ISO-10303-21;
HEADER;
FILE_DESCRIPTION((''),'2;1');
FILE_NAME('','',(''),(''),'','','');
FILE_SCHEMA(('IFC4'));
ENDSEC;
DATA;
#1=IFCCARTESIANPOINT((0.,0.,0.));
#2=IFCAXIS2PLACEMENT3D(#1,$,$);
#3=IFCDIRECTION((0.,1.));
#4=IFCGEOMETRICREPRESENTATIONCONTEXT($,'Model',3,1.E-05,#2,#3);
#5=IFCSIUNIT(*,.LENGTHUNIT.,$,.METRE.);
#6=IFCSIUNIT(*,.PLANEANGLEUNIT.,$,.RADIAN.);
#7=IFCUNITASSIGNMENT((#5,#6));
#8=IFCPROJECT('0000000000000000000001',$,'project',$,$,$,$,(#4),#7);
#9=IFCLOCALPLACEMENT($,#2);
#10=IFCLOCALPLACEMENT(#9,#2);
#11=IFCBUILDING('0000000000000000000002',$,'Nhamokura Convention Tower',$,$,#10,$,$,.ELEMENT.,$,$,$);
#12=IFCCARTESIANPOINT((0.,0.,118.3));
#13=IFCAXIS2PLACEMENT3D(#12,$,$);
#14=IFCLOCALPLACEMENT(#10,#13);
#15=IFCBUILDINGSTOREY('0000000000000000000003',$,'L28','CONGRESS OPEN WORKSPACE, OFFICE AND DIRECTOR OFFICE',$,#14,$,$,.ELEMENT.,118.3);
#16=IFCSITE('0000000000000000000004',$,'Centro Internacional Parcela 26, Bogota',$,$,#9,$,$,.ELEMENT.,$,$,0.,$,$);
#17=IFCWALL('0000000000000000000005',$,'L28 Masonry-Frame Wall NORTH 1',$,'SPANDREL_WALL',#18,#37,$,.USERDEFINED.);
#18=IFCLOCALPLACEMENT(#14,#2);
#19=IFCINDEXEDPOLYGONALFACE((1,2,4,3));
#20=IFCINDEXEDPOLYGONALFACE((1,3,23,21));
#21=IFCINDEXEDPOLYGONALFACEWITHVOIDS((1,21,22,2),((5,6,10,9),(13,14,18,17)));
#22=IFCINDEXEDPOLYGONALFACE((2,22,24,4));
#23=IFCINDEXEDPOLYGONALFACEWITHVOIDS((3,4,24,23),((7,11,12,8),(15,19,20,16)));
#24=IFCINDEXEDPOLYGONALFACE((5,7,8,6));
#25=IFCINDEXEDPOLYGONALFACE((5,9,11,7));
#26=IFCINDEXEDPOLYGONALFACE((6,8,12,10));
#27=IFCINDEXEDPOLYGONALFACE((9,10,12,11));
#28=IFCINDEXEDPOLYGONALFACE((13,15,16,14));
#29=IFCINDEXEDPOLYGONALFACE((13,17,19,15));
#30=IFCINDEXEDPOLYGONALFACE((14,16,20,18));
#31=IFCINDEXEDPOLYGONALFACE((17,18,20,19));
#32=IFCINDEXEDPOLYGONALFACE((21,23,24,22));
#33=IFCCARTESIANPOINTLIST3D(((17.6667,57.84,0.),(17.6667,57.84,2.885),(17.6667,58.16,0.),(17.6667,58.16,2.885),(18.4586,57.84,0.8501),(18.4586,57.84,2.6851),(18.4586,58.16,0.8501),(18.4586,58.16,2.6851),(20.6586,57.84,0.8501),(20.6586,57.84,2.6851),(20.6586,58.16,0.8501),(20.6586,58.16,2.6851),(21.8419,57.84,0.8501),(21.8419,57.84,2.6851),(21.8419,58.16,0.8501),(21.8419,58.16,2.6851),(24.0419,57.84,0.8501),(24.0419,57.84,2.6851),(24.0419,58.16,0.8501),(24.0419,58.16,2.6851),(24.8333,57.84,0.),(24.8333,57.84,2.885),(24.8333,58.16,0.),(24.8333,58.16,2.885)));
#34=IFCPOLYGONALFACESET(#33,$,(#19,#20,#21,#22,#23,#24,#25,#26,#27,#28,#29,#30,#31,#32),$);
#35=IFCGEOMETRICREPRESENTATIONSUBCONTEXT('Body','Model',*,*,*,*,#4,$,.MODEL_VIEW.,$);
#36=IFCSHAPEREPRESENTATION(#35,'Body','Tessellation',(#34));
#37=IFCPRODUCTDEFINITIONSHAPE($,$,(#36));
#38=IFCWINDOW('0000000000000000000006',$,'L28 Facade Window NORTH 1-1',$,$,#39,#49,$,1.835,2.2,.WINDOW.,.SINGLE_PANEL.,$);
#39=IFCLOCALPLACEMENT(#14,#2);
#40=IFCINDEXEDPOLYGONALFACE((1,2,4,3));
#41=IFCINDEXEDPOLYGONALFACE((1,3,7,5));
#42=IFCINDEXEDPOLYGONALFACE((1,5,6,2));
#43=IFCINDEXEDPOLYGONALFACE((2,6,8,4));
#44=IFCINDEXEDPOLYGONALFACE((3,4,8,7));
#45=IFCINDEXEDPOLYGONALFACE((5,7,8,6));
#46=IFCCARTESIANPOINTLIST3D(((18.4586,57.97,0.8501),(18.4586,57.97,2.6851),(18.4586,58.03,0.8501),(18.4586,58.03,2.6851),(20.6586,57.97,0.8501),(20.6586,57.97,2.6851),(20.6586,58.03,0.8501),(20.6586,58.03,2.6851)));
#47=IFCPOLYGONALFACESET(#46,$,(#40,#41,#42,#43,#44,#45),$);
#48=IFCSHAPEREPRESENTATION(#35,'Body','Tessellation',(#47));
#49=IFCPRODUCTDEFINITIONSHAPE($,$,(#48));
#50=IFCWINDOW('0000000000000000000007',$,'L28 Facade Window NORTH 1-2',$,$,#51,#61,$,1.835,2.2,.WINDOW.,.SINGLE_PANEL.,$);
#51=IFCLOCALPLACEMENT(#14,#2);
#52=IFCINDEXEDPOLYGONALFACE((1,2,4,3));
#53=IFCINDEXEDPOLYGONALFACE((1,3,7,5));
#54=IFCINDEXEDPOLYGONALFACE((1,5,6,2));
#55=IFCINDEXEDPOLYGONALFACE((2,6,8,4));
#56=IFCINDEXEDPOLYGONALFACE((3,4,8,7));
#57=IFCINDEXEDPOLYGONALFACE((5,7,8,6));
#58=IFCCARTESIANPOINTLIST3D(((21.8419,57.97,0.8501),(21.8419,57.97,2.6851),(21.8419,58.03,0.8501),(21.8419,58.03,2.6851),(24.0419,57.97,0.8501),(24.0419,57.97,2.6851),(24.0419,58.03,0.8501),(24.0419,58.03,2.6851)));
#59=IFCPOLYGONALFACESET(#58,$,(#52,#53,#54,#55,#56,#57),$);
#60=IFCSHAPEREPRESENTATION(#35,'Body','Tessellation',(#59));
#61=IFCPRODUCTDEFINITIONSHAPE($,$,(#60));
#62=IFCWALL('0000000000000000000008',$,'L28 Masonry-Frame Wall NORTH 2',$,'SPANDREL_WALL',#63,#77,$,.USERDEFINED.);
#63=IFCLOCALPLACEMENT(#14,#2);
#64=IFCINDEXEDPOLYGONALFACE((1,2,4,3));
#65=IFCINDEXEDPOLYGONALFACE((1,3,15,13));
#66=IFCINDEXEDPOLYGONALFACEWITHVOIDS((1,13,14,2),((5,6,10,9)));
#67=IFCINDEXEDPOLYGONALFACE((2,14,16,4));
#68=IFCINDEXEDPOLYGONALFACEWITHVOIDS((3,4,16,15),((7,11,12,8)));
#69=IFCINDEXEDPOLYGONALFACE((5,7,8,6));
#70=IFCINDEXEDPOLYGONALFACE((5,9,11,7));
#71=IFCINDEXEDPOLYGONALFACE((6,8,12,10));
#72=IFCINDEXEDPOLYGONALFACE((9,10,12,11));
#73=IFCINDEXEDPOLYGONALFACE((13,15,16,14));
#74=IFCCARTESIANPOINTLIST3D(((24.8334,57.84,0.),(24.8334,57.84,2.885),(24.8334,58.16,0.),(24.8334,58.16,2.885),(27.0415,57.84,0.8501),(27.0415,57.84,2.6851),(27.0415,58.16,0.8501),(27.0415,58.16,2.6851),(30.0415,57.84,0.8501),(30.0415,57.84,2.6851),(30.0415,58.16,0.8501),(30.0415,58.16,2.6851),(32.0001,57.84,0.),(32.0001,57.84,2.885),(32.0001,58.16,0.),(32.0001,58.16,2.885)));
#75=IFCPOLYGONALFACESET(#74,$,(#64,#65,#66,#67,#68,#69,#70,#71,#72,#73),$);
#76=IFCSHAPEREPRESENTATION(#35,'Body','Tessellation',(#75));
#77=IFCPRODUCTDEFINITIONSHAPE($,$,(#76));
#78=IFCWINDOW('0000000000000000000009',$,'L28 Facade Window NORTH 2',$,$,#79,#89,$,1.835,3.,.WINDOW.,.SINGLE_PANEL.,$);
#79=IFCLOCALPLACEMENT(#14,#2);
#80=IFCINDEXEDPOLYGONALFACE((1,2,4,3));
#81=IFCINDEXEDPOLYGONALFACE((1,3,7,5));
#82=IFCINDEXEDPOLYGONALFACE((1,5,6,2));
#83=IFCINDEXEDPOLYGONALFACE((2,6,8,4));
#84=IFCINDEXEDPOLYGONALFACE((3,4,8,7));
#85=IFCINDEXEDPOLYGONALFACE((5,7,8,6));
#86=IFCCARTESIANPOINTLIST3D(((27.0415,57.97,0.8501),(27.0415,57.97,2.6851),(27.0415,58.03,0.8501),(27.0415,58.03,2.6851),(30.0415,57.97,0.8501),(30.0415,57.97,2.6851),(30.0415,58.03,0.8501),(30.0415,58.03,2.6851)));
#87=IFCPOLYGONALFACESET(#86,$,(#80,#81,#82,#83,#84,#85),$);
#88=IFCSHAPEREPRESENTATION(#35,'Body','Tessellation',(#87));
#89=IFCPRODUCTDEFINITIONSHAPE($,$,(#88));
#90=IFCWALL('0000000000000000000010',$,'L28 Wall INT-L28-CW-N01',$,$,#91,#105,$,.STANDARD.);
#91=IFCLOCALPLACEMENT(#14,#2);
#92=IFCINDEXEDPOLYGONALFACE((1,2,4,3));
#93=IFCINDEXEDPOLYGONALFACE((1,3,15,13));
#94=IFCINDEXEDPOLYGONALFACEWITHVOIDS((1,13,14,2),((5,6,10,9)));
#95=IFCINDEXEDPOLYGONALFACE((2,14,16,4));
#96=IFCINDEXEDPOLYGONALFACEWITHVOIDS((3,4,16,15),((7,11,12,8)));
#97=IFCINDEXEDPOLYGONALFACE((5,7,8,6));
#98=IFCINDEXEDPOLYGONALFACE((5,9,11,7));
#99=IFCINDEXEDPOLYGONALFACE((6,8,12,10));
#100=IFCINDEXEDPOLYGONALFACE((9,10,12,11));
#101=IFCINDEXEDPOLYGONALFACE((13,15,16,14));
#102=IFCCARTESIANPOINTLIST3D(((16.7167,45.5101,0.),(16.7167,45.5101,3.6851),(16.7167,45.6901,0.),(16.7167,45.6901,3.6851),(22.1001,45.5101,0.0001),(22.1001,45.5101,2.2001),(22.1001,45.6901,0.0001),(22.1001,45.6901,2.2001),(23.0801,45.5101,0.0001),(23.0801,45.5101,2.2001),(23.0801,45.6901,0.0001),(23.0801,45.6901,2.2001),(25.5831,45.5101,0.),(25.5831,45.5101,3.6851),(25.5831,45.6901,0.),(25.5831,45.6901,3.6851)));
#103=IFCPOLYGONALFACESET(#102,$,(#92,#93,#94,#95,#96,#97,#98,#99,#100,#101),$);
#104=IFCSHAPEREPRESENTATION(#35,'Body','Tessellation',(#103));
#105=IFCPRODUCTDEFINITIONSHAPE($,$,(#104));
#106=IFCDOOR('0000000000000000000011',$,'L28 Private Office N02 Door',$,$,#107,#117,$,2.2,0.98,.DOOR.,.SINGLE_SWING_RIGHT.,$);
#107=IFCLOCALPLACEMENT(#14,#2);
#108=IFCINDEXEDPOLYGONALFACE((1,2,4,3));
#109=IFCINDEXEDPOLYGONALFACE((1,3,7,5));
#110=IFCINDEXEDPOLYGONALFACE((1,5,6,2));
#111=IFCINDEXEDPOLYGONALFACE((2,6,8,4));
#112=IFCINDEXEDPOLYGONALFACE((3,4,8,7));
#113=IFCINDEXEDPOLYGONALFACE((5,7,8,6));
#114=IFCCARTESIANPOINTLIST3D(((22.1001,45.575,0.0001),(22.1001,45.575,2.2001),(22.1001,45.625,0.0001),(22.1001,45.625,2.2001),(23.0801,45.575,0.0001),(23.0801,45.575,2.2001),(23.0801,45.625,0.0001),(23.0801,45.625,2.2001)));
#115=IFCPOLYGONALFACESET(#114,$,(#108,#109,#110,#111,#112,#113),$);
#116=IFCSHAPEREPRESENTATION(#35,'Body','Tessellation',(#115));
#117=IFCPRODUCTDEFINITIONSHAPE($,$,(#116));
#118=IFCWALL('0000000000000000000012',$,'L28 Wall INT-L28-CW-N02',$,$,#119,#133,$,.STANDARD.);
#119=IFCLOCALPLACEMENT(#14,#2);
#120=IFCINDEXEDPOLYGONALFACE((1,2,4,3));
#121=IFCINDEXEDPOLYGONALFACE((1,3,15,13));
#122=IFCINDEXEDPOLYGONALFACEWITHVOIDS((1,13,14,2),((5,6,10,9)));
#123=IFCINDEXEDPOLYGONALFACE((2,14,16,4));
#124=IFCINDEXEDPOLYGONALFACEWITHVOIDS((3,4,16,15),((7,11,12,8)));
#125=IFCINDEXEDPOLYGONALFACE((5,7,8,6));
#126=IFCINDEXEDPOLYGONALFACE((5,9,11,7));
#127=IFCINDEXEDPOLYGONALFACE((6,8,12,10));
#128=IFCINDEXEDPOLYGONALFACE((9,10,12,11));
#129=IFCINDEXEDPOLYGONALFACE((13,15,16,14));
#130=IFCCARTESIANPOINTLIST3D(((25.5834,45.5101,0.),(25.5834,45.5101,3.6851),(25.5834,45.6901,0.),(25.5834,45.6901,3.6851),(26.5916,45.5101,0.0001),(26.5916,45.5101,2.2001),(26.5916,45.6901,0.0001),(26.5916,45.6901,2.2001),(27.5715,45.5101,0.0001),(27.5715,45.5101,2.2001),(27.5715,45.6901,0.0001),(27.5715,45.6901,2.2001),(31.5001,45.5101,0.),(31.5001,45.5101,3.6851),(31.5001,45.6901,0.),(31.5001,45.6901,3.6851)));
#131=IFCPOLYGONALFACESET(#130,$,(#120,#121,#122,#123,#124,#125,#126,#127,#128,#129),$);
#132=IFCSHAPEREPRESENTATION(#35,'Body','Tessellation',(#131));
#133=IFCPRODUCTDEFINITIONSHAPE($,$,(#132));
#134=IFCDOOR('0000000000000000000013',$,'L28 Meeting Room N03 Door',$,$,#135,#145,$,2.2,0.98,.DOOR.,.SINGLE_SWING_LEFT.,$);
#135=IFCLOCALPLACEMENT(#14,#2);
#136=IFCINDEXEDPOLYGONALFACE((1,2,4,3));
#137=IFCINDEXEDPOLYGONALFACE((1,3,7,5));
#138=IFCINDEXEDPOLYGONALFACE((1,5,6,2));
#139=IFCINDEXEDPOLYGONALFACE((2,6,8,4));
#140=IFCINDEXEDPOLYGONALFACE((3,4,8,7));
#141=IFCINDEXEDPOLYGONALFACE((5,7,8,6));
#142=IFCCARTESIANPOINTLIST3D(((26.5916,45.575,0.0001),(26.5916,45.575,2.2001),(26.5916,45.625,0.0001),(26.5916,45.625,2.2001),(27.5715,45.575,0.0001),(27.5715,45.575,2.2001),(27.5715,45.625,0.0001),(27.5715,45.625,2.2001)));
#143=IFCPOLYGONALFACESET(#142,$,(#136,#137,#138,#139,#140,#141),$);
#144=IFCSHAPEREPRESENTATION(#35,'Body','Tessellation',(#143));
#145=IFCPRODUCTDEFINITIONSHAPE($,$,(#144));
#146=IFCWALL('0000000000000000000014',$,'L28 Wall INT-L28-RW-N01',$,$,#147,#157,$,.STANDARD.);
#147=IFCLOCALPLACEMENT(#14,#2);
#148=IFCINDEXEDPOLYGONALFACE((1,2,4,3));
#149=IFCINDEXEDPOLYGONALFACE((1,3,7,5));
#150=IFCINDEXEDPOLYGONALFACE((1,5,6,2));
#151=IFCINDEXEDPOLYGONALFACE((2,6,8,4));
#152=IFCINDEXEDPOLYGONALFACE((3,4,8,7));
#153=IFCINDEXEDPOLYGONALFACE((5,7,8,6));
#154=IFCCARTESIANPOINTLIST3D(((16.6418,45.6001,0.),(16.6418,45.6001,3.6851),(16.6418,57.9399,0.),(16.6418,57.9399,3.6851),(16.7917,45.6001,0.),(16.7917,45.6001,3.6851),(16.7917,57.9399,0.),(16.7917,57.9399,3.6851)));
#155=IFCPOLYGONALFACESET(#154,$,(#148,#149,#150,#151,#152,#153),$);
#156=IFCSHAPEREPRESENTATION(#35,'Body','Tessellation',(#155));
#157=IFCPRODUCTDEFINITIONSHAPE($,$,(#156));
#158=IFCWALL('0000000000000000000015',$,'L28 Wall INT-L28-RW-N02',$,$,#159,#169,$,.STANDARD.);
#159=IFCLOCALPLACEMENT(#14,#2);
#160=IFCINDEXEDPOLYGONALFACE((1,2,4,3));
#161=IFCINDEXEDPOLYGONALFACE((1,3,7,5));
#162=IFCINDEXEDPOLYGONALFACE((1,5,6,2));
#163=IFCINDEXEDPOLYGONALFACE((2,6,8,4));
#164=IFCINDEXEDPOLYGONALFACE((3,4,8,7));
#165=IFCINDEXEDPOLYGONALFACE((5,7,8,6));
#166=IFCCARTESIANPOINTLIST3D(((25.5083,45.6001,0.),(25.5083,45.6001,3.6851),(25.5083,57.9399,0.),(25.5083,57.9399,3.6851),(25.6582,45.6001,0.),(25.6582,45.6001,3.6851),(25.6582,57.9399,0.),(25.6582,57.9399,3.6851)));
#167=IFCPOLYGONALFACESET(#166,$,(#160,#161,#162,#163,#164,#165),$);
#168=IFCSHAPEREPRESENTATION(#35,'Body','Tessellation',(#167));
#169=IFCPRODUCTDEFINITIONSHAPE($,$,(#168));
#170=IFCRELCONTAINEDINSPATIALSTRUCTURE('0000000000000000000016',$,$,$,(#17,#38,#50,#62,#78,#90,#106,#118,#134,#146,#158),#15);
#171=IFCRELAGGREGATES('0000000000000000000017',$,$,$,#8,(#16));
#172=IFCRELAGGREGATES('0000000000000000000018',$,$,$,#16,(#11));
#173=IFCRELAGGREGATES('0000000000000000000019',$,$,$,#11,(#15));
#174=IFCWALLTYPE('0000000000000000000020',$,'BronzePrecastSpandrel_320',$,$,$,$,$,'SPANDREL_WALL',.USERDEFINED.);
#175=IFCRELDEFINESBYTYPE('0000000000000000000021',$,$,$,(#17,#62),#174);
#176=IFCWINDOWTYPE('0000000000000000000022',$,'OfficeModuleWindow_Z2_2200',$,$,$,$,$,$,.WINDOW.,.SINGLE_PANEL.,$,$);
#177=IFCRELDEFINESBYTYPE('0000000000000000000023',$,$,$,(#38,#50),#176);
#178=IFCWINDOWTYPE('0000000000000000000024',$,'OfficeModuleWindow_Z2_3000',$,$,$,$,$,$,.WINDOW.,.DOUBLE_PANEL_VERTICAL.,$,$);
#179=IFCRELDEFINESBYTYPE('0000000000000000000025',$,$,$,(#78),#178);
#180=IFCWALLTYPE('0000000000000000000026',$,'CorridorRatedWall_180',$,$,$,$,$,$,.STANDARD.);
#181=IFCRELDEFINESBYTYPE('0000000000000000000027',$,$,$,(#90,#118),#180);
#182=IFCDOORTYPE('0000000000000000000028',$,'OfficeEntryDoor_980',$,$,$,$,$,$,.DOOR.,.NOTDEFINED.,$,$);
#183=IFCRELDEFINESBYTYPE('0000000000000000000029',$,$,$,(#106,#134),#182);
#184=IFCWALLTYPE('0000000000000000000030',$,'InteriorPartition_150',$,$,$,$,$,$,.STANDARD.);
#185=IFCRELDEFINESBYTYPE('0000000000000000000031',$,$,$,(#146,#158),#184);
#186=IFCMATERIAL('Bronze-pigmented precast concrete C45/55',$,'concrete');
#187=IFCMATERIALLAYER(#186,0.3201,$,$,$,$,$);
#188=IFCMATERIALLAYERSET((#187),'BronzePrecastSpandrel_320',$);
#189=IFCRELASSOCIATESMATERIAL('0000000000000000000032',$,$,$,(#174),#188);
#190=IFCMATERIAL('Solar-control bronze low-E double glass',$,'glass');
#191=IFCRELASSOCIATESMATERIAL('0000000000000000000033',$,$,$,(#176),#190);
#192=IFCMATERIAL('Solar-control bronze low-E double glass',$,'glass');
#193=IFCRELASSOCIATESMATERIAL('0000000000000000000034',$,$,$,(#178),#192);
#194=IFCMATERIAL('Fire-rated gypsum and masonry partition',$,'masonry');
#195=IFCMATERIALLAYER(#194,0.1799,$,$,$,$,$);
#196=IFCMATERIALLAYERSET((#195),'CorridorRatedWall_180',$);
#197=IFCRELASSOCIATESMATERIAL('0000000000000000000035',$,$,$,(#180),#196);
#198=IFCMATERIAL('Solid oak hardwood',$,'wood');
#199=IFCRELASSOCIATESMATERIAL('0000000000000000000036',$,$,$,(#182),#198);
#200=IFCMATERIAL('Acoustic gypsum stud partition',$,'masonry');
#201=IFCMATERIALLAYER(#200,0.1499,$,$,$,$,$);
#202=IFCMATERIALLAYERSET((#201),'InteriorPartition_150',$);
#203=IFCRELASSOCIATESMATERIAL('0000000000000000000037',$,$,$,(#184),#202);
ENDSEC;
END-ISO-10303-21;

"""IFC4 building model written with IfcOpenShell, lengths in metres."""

from ifc_helpers import new_model, si_unit, direction, frame, frame_2d, origin, place, context, subcontext, project, spatial, rectangle, extrude, material, layer, layer_set, type_object, element, fill, save


model = new_model("IFC4")

# Units and contexts
model_context = context("Model", 3, precision=1e-05, world=origin(), true_north=direction((0.0, 1.0)))
body_context = subcontext(model_context, "Body", "Model", "MODEL_VIEW")
ifc_project = project(units=[si_unit("LENGTHUNIT", "METRE"), si_unit("PLANEANGLEUNIT", "RADIAN")], contexts=[model_context])

# Site, building, storey
site_placement = place(None, origin())
site = spatial("IfcSite", under=ifc_project, at=site_placement, Name="Centro Internacional Parcela 26, Bogota", CompositionType="ELEMENT", RefElevation=0.0)
building_placement = place(site_placement, origin())
building = spatial("IfcBuilding", under=site, at=building_placement, Name="Nhamokura Convention Tower", CompositionType="ELEMENT")
storey_placement = place(building_placement, frame((0.0, 0.0, 118.3)))
storey = spatial("IfcBuildingStorey", under=building, at=storey_placement, Name="L28", Description="CONGRESS OPEN WORKSPACE, OFFICE AND DIRECTOR OFFICE", CompositionType="ELEMENT", Elevation=118.3)

# Wall, openings, windows
ifc_material_1 = material(Name="Bronze-pigmented precast concrete C45/55", Category="concrete")
ifc_layer_1 = layer(ifc_material_1, 0.3201)
ifc_layer_set_1 = layer_set([ifc_layer_1], Name="BronzePrecastSpandrel_320")
wall_type_1 = type_object("IfcWallType", Name="BronzePrecastSpandrel_320", ElementType="SPANDREL_WALL", PredefinedType="USERDEFINED", material=ifc_layer_set_1)
wall_1_placement = place(storey_placement, frame((17.6667, 58.0, 0.0), z_axis=(0.0, 0.0, 1.0), x_axis=(1.0, 0.0, 0.0)))
wall_1 = element("IfcWall", 1, at=wall_1_placement, inside=storey, type_object=wall_type_1, Name="L28 Masonry-Frame Wall NORTH 1", ObjectType="SPANDREL_WALL", PredefinedType="USERDEFINED", context=body_context, shape_type="SweptSolid", body=[
    extrude(rectangle(XDim=7.1665, YDim=0.3201, at=frame_2d((3.5833, 0.0))), origin(), (0.0, 0.0, 1.0), 2.885),
])
opening_1_placement = place(wall_1_placement, frame((0.7917, 0.0, 0.8501)))
opening_1 = element("IfcOpeningElement", 2, at=opening_1_placement, cuts=wall_1, PredefinedType="OPENING", context=body_context, shape_type="SweptSolid", body=[
    extrude(rectangle(XDim=2.2, YDim=1.835, at=frame_2d((1.1001, 0.9175))), frame((0.0, 0.1699, 0.0), z_axis=(0.0, -1.0, 0.0), x_axis=(1.0, 0.0, 0.0)), (0.0, 0.0, 1.0), 0.3401),
])
opening_2_placement = place(wall_1_placement, frame((4.175, 0.0, 0.8501)))
opening_2 = element("IfcOpeningElement", 3, at=opening_2_placement, cuts=wall_1, PredefinedType="OPENING", context=body_context, shape_type="SweptSolid", body=[
    extrude(rectangle(XDim=2.2, YDim=1.835, at=frame_2d((1.1001, 0.9175))), frame((0.0, 0.1699, 0.0), z_axis=(0.0, -1.0, 0.0), x_axis=(1.0, 0.0, 0.0)), (0.0, 0.0, 1.0), 0.3401),
])
ifc_material_2 = material(Name="Solar-control bronze low-E double glass", Category="glass")
window_type_1 = type_object("IfcWindowType", Name="OfficeModuleWindow_Z2_2200", PartitioningType="SINGLE_PANEL", PredefinedType="WINDOW", material=ifc_material_2)
window_1_placement = place(opening_1_placement, origin())
window_1 = element("IfcWindow", 4, at=window_1_placement, inside=storey, type_object=window_type_1, Name="L28 Facade Window NORTH 1-1", OverallHeight=1.835, OverallWidth=2.2, PartitioningType="SINGLE_PANEL", PredefinedType="WINDOW", context=body_context, shape_type="SweptSolid", body=[
    extrude(rectangle(XDim=2.2, YDim=1.835, at=frame_2d((1.1001, 0.9175))), frame((0.0, 0.03, 0.0), z_axis=(0.0, -1.0, 0.0), x_axis=(1.0, 0.0, 0.0)), (0.0, 0.0, 1.0), 0.0601),
])
fill(opening_1, window_1)
window_2_placement = place(opening_2_placement, origin())
window_2 = element("IfcWindow", 5, at=window_2_placement, inside=storey, type_object=window_type_1, Name="L28 Facade Window NORTH 1-2", OverallHeight=1.835, OverallWidth=2.2, PartitioningType="SINGLE_PANEL", PredefinedType="WINDOW", context=body_context, shape_type="SweptSolid", body=[
    extrude(rectangle(XDim=2.2, YDim=1.835, at=frame_2d((1.1001, 0.9175))), frame((0.0, 0.03, 0.0), z_axis=(0.0, -1.0, 0.0), x_axis=(1.0, 0.0, 0.0)), (0.0, 0.0, 1.0), 0.0601),
])
fill(opening_2, window_2)

# Wall, opening, window
wall_2_placement = place(storey_placement, frame((24.8333, 58.0, 0.0), z_axis=(0.0, 0.0, 1.0), x_axis=(1.0, 0.0, 0.0)))
wall_2 = element("IfcWall", 6, at=wall_2_placement, inside=storey, type_object=wall_type_1, Name="L28 Masonry-Frame Wall NORTH 2", ObjectType="SPANDREL_WALL", PredefinedType="USERDEFINED", context=body_context, shape_type="SweptSolid", body=[
    extrude(rectangle(XDim=7.1667, YDim=0.3201, at=frame_2d((3.5835, 0.0))), origin(), (0.0, 0.0, 1.0), 2.885),
])
opening_3_placement = place(wall_2_placement, frame((2.2083, 0.0, 0.8501)))
opening_3 = element("IfcOpeningElement", 7, at=opening_3_placement, cuts=wall_2, PredefinedType="OPENING", context=body_context, shape_type="SweptSolid", body=[
    extrude(rectangle(XDim=3.0, YDim=1.835, at=frame_2d((1.5, 0.9175))), frame((0.0, 0.1699, 0.0), z_axis=(0.0, -1.0, 0.0), x_axis=(1.0, 0.0, 0.0)), (0.0, 0.0, 1.0), 0.3401),
])
ifc_material_3 = material(Name="Solar-control bronze low-E double glass", Category="glass")
window_type_2 = type_object("IfcWindowType", Name="OfficeModuleWindow_Z2_3000", PartitioningType="DOUBLE_PANEL_VERTICAL", PredefinedType="WINDOW", material=ifc_material_3)
window_3_placement = place(opening_3_placement, origin())
window_3 = element("IfcWindow", 8, at=window_3_placement, inside=storey, type_object=window_type_2, Name="L28 Facade Window NORTH 2", OverallHeight=1.835, OverallWidth=3.0, PartitioningType="SINGLE_PANEL", PredefinedType="WINDOW", context=body_context, shape_type="SweptSolid", body=[
    extrude(rectangle(XDim=3.0, YDim=1.835, at=frame_2d((1.5, 0.9175))), frame((0.0, 0.03, 0.0), z_axis=(0.0, -1.0, 0.0), x_axis=(1.0, 0.0, 0.0)), (0.0, 0.0, 1.0), 0.0601),
])
fill(opening_3, window_3)

# Walls, openings, doors
ifc_material_4 = material(Name="Fire-rated gypsum and masonry partition", Category="masonry")
ifc_layer_2 = layer(ifc_material_4, 0.1799)
ifc_layer_set_2 = layer_set([ifc_layer_2], Name="CorridorRatedWall_180")
wall_type_2 = type_object("IfcWallType", Name="CorridorRatedWall_180", PredefinedType="STANDARD", material=ifc_layer_set_2)
wall_3_placement = place(storey_placement, frame((16.7168, 45.6001, 0.0), z_axis=(0.0, 0.0, 1.0), x_axis=(1.0, 0.0, 0.0)))
wall_3 = element("IfcWall", 9, at=wall_3_placement, inside=storey, type_object=wall_type_2, Name="L28 Wall INT-L28-CW-N01", PredefinedType="STANDARD", context=body_context, shape_type="SweptSolid", body=[
    extrude(rectangle(XDim=8.8665, YDim=0.1799, at=frame_2d((4.4331, 0.0))), origin(), (0.0, 0.0, 1.0), 3.6851),
])
opening_4_placement = place(wall_3_placement, frame((5.3833, 0.0, 0.0)))
opening_4 = element("IfcOpeningElement", 10, at=opening_4_placement, cuts=wall_3, PredefinedType="OPENING", context=body_context, shape_type="SweptSolid", body=[
    extrude(rectangle(XDim=0.98, YDim=2.2, at=frame_2d((0.49, 1.1001))), frame((0.0, 0.0999, 0.0), z_axis=(0.0, -1.0, 0.0), x_axis=(1.0, 0.0, 0.0)), (0.0, 0.0, 1.0), 0.2),
])
ifc_material_5 = material(Name="Solid oak hardwood", Category="wood")
door_type = type_object("IfcDoorType", Name="OfficeEntryDoor_980", OperationType="NOTDEFINED", PredefinedType="DOOR", material=ifc_material_5)
door_1_placement = place(opening_4_placement, origin())
door_1 = element("IfcDoor", 11, at=door_1_placement, inside=storey, type_object=door_type, Name="L28 Private Office N02 Door", OperationType="SINGLE_SWING_RIGHT", OverallHeight=2.2, OverallWidth=0.98, PredefinedType="DOOR", context=body_context, shape_type="SweptSolid", body=[
    extrude(rectangle(XDim=0.98, YDim=2.2, at=frame_2d((0.49, 1.1001))), frame((0.0, 0.0249, 0.0), z_axis=(0.0, -1.0, 0.0), x_axis=(1.0, 0.0, 0.0)), (0.0, 0.0, 1.0), 0.05),
])
fill(opening_4, door_1)
wall_4_placement = place(storey_placement, frame((25.5833, 45.6001, 0.0), z_axis=(0.0, 0.0, 1.0), x_axis=(1.0, 0.0, 0.0)))
wall_4 = element("IfcWall", 12, at=wall_4_placement, inside=storey, type_object=wall_type_2, Name="L28 Wall INT-L28-CW-N02", PredefinedType="STANDARD", context=body_context, shape_type="SweptSolid", body=[
    extrude(rectangle(XDim=5.9167, YDim=0.1799, at=frame_2d((2.9585, 0.0))), origin(), (0.0, 0.0, 1.0), 3.6851),
])
opening_5_placement = place(wall_4_placement, frame((1.0083, 0.0, 0.0)))
opening_5 = element("IfcOpeningElement", 13, at=opening_5_placement, cuts=wall_4, PredefinedType="OPENING", context=body_context, shape_type="SweptSolid", body=[
    extrude(rectangle(XDim=0.98, YDim=2.2, at=frame_2d((0.49, 1.1001))), frame((0.0, 0.0999, 0.0), z_axis=(0.0, -1.0, 0.0), x_axis=(1.0, 0.0, 0.0)), (0.0, 0.0, 1.0), 0.2),
])
door_2_placement = place(opening_5_placement, origin())
door_2 = element("IfcDoor", 14, at=door_2_placement, inside=storey, type_object=door_type, Name="L28 Meeting Room N03 Door", OperationType="SINGLE_SWING_LEFT", OverallHeight=2.2, OverallWidth=0.98, PredefinedType="DOOR", context=body_context, shape_type="SweptSolid", body=[
    extrude(rectangle(XDim=0.98, YDim=2.2, at=frame_2d((0.49, 1.1001))), frame((0.0, 0.0249, 0.0), z_axis=(0.0, -1.0, 0.0), x_axis=(1.0, 0.0, 0.0)), (0.0, 0.0, 1.0), 0.05),
])
fill(opening_5, door_2)

# Walls
ifc_material_6 = material(Name="Acoustic gypsum stud partition", Category="masonry")
ifc_layer_3 = layer(ifc_material_6, 0.1499)
ifc_layer_set_3 = layer_set([ifc_layer_3], Name="InteriorPartition_150")
wall_type_3 = type_object("IfcWallType", Name="InteriorPartition_150", PredefinedType="STANDARD", material=ifc_layer_set_3)
for number, where, z_axis, x_axis, name in (
    (15, (16.7168, 45.6001, 0.0), (0.0, 0.0, 1.0), (0.0, 1.0, 0.0), "L28 Wall INT-L28-RW-N01"),
    (16, (25.5833, 45.6001, 0.0), (0.0, 0.0, 1.0), (0.0, 1.0, 0.0), "L28 Wall INT-L28-RW-N02"),
):
    element("IfcWall", number, at=place(storey_placement, frame(where, z_axis=z_axis, x_axis=x_axis)), inside=storey, type_object=wall_type_3, Name=name, PredefinedType="STANDARD", context=body_context, shape_type="SweptSolid", body=[
        extrude(rectangle(XDim=12.3398, YDim=0.1499, at=frame_2d((6.1699, 0.0))), origin(), (0.0, 0.0, 1.0), 3.6851),
    ])

save(model, "model.ifc")
